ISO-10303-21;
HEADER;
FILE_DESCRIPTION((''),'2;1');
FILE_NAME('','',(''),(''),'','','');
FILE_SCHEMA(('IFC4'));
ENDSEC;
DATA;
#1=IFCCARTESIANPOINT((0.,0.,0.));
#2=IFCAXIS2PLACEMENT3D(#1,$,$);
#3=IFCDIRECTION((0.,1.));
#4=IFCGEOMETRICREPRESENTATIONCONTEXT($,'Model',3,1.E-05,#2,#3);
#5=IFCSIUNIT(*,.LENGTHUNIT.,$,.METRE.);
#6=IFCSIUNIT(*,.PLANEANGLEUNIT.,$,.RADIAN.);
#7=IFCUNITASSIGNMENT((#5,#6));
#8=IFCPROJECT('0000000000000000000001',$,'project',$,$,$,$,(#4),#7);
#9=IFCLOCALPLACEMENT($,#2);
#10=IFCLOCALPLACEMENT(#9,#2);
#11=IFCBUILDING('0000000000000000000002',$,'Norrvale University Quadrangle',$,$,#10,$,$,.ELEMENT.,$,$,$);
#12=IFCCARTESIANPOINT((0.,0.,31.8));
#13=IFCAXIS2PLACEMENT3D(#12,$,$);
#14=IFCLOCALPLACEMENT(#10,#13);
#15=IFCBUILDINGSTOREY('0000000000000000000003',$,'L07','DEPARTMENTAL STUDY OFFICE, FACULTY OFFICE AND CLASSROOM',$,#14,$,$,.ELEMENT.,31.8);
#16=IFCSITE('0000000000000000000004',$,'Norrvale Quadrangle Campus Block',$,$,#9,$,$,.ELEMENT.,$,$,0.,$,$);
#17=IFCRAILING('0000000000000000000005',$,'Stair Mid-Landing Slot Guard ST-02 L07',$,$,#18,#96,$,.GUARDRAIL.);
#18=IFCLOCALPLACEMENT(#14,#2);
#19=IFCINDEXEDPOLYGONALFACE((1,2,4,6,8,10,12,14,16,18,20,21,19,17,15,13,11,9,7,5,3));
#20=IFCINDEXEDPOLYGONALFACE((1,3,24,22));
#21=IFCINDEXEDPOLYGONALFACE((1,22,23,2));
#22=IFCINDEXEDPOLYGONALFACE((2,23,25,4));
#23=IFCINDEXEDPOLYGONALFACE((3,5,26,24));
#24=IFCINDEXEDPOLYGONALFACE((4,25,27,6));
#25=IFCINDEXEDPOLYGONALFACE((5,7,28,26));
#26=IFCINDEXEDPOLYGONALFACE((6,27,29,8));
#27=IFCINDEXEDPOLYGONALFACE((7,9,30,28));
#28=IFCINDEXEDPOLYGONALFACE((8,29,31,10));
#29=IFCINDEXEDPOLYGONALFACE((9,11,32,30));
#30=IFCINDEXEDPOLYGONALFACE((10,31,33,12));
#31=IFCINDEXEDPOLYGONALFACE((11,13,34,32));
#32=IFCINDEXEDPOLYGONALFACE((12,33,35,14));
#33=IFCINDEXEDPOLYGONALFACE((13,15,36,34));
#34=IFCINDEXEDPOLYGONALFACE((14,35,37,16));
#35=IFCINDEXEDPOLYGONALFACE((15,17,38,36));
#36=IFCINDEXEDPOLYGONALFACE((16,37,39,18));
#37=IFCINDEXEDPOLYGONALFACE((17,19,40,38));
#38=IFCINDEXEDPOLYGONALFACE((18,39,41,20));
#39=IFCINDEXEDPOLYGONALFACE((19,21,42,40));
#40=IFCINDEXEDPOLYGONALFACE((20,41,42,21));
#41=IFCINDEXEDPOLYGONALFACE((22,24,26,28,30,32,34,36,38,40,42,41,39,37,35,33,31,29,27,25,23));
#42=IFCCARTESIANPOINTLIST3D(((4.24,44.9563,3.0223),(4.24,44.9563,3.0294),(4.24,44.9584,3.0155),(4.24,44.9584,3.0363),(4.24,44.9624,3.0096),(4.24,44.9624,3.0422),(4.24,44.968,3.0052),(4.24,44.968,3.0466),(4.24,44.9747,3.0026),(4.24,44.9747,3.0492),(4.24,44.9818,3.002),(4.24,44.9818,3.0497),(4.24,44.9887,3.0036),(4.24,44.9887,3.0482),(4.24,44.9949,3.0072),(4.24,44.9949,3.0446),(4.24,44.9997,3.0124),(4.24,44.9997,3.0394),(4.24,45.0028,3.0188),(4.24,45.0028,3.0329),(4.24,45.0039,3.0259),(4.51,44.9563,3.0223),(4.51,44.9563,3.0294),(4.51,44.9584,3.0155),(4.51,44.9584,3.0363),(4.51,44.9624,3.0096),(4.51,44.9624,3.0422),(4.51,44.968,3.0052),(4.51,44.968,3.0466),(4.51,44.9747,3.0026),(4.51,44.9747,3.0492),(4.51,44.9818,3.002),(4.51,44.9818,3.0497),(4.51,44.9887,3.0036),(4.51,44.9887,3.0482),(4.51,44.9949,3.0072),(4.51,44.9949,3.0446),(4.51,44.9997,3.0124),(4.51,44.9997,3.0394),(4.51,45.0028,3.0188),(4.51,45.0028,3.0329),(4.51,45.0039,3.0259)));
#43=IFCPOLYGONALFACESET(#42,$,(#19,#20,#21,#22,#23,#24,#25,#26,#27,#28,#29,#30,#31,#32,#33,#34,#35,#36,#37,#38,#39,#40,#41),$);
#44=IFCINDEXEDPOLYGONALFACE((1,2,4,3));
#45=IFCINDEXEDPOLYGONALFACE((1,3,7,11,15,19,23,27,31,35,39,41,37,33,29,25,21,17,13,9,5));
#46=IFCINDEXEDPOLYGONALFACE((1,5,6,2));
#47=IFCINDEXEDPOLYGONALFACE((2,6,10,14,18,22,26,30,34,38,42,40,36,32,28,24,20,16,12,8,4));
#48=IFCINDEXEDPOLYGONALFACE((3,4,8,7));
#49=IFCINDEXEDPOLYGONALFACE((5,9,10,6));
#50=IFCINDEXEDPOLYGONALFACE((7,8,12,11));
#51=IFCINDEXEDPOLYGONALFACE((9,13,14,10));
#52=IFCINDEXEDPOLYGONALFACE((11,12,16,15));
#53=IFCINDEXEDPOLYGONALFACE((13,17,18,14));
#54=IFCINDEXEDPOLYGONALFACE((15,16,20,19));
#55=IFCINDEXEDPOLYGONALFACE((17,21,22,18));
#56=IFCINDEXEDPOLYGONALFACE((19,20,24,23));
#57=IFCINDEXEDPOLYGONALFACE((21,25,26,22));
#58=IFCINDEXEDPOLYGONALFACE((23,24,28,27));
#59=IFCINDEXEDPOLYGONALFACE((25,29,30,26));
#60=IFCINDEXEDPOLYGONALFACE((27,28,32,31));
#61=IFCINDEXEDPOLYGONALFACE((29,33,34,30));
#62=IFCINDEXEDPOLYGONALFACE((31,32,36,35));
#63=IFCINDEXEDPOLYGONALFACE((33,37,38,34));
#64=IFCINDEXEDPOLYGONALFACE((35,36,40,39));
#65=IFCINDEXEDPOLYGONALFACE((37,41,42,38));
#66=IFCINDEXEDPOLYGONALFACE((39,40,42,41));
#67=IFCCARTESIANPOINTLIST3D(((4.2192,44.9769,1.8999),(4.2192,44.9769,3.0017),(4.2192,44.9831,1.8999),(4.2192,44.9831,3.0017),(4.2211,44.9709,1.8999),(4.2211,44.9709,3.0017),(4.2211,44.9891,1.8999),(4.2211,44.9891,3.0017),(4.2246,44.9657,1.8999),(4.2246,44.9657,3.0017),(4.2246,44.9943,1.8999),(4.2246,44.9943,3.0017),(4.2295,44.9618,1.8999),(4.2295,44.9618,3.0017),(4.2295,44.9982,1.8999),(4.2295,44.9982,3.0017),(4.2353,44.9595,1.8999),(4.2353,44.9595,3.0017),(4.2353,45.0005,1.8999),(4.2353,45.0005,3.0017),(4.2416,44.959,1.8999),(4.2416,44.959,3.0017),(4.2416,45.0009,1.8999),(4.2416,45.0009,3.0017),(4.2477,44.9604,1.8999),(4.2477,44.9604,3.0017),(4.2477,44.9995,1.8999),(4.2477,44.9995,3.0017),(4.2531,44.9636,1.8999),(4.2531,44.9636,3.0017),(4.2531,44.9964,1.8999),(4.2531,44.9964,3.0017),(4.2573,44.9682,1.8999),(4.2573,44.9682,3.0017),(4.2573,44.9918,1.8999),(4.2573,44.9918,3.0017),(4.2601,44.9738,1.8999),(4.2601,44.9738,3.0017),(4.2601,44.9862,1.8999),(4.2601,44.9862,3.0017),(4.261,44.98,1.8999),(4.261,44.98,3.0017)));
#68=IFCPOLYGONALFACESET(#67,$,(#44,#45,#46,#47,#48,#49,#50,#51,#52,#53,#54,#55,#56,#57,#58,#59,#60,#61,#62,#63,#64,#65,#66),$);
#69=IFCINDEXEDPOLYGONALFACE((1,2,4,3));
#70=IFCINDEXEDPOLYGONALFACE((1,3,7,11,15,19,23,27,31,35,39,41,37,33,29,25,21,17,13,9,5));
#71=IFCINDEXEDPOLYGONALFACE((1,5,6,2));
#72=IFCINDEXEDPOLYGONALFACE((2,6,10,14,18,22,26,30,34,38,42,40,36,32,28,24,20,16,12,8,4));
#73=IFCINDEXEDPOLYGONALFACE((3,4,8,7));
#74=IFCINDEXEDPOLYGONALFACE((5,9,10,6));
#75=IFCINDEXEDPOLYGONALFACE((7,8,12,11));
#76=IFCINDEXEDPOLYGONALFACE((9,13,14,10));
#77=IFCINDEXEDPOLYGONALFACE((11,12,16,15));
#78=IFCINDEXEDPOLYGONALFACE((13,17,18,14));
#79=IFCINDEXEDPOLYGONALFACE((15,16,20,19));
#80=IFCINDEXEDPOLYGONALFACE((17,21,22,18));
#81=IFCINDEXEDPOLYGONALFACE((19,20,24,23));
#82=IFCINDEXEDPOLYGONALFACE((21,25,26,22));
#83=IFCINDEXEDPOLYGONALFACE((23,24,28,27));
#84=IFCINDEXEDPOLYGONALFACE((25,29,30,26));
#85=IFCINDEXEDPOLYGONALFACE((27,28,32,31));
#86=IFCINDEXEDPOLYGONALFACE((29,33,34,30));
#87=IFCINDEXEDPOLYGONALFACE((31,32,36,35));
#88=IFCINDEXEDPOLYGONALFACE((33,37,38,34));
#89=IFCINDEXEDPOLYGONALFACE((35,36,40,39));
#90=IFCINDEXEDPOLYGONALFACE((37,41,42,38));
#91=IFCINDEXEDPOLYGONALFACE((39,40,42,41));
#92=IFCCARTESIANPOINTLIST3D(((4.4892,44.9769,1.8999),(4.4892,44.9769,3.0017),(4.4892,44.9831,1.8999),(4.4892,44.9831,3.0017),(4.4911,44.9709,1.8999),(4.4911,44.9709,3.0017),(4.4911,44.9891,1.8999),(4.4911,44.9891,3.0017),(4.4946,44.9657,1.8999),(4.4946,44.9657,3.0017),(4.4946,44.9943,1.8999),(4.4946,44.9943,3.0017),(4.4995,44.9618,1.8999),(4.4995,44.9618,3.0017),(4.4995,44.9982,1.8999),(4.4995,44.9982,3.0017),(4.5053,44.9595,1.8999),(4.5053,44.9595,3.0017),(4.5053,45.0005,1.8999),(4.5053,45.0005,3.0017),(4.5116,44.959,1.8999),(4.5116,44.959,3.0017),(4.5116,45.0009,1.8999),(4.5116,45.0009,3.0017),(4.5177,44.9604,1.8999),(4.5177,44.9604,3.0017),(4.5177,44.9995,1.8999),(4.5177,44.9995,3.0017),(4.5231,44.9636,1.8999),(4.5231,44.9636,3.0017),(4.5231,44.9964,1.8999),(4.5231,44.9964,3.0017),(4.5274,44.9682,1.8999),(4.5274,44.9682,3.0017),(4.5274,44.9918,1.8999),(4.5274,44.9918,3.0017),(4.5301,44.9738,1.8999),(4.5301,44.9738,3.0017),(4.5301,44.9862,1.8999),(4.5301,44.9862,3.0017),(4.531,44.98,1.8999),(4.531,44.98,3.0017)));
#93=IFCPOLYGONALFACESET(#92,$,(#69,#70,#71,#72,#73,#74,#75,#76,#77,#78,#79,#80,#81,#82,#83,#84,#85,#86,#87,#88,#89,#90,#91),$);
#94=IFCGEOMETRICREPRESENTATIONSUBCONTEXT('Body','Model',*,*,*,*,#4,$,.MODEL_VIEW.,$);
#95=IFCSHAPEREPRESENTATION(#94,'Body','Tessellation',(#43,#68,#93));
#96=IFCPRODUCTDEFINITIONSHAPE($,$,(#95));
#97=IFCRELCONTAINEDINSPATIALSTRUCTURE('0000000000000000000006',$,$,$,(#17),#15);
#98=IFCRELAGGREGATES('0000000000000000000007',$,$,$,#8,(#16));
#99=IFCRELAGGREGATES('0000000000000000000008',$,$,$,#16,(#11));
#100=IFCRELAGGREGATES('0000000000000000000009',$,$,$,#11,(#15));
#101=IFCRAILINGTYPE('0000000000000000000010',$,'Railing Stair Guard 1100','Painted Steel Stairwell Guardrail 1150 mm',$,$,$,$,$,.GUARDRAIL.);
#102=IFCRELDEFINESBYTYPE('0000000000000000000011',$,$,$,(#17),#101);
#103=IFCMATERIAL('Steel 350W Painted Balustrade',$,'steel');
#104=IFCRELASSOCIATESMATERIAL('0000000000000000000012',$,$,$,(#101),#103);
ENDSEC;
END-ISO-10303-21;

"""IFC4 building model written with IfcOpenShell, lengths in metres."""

from ifc_helpers import new_model, si_unit, direction, frame, origin, origin_2d, place, context, subcontext, project, spatial, circle, extrude, material, type_object, element, save


model = new_model("IFC4")

# Units and contexts
model_context = context("Model", 3, precision=1e-05, world=origin(), true_north=direction((0.0, 1.0)))
body_context = subcontext(model_context, "Body", "Model", "MODEL_VIEW")
ifc_project = project(units=[si_unit("LENGTHUNIT", "METRE"), si_unit("PLANEANGLEUNIT", "RADIAN")], contexts=[model_context])

# Site, building, storey
site_placement = place(None, origin())
site = spatial("IfcSite", under=ifc_project, at=site_placement, Name="Norrvale Quadrangle Campus Block", CompositionType="ELEMENT", RefElevation=0.0)
building_placement = place(site_placement, origin())
building = spatial("IfcBuilding", under=site, at=building_placement, Name="Norrvale University Quadrangle", CompositionType="ELEMENT")
storey_placement = place(building_placement, frame((0.0, 0.0, 31.8)))
storey = spatial("IfcBuildingStorey", under=building, at=storey_placement, Name="L07", Description="DEPARTMENTAL STUDY OFFICE, FACULTY OFFICE AND CLASSROOM", CompositionType="ELEMENT", Elevation=31.8)

# Railing
ifc_material_1 = material(Name="Steel 350W Painted Balustrade", Category="steel")
railing_type_1 = type_object("IfcRailingType", Name="Railing Stair Guard 1100", Description="Painted Steel Stairwell Guardrail 1150 mm", PredefinedType="GUARDRAIL", material=ifc_material_1)
for number, where, name in (
    (1, (4.24, 44.98, 1.8999), "Stair Mid-Landing Slot Guard ST-02 L07"),
):
    element("IfcRailing", number, at=place(storey_placement, frame(where)), inside=storey, type_object=railing_type_1, Name=name, PredefinedType="GUARDRAIL", context=body_context, shape_type="SweptSolid", body=[
        extrude(circle(Radius=0.0239, at=origin_2d()), frame((0.0, 0.0, 1.126), z_axis=(1.0, 0.0, 0.0), x_axis=(0.0, 1.0, 0.0)), (0.0, 0.0, 1.0), 0.27),
        extrude(circle(Radius=0.021, at=origin_2d()), origin(), (0.0, 0.0, 1.0), 1.1018),
        extrude(circle(Radius=0.021, at=origin_2d()), frame((0.27, 0.0, 0.0)), (0.0, 0.0, 1.0), 1.1018),
    ])

save(model, "model.ifc")
